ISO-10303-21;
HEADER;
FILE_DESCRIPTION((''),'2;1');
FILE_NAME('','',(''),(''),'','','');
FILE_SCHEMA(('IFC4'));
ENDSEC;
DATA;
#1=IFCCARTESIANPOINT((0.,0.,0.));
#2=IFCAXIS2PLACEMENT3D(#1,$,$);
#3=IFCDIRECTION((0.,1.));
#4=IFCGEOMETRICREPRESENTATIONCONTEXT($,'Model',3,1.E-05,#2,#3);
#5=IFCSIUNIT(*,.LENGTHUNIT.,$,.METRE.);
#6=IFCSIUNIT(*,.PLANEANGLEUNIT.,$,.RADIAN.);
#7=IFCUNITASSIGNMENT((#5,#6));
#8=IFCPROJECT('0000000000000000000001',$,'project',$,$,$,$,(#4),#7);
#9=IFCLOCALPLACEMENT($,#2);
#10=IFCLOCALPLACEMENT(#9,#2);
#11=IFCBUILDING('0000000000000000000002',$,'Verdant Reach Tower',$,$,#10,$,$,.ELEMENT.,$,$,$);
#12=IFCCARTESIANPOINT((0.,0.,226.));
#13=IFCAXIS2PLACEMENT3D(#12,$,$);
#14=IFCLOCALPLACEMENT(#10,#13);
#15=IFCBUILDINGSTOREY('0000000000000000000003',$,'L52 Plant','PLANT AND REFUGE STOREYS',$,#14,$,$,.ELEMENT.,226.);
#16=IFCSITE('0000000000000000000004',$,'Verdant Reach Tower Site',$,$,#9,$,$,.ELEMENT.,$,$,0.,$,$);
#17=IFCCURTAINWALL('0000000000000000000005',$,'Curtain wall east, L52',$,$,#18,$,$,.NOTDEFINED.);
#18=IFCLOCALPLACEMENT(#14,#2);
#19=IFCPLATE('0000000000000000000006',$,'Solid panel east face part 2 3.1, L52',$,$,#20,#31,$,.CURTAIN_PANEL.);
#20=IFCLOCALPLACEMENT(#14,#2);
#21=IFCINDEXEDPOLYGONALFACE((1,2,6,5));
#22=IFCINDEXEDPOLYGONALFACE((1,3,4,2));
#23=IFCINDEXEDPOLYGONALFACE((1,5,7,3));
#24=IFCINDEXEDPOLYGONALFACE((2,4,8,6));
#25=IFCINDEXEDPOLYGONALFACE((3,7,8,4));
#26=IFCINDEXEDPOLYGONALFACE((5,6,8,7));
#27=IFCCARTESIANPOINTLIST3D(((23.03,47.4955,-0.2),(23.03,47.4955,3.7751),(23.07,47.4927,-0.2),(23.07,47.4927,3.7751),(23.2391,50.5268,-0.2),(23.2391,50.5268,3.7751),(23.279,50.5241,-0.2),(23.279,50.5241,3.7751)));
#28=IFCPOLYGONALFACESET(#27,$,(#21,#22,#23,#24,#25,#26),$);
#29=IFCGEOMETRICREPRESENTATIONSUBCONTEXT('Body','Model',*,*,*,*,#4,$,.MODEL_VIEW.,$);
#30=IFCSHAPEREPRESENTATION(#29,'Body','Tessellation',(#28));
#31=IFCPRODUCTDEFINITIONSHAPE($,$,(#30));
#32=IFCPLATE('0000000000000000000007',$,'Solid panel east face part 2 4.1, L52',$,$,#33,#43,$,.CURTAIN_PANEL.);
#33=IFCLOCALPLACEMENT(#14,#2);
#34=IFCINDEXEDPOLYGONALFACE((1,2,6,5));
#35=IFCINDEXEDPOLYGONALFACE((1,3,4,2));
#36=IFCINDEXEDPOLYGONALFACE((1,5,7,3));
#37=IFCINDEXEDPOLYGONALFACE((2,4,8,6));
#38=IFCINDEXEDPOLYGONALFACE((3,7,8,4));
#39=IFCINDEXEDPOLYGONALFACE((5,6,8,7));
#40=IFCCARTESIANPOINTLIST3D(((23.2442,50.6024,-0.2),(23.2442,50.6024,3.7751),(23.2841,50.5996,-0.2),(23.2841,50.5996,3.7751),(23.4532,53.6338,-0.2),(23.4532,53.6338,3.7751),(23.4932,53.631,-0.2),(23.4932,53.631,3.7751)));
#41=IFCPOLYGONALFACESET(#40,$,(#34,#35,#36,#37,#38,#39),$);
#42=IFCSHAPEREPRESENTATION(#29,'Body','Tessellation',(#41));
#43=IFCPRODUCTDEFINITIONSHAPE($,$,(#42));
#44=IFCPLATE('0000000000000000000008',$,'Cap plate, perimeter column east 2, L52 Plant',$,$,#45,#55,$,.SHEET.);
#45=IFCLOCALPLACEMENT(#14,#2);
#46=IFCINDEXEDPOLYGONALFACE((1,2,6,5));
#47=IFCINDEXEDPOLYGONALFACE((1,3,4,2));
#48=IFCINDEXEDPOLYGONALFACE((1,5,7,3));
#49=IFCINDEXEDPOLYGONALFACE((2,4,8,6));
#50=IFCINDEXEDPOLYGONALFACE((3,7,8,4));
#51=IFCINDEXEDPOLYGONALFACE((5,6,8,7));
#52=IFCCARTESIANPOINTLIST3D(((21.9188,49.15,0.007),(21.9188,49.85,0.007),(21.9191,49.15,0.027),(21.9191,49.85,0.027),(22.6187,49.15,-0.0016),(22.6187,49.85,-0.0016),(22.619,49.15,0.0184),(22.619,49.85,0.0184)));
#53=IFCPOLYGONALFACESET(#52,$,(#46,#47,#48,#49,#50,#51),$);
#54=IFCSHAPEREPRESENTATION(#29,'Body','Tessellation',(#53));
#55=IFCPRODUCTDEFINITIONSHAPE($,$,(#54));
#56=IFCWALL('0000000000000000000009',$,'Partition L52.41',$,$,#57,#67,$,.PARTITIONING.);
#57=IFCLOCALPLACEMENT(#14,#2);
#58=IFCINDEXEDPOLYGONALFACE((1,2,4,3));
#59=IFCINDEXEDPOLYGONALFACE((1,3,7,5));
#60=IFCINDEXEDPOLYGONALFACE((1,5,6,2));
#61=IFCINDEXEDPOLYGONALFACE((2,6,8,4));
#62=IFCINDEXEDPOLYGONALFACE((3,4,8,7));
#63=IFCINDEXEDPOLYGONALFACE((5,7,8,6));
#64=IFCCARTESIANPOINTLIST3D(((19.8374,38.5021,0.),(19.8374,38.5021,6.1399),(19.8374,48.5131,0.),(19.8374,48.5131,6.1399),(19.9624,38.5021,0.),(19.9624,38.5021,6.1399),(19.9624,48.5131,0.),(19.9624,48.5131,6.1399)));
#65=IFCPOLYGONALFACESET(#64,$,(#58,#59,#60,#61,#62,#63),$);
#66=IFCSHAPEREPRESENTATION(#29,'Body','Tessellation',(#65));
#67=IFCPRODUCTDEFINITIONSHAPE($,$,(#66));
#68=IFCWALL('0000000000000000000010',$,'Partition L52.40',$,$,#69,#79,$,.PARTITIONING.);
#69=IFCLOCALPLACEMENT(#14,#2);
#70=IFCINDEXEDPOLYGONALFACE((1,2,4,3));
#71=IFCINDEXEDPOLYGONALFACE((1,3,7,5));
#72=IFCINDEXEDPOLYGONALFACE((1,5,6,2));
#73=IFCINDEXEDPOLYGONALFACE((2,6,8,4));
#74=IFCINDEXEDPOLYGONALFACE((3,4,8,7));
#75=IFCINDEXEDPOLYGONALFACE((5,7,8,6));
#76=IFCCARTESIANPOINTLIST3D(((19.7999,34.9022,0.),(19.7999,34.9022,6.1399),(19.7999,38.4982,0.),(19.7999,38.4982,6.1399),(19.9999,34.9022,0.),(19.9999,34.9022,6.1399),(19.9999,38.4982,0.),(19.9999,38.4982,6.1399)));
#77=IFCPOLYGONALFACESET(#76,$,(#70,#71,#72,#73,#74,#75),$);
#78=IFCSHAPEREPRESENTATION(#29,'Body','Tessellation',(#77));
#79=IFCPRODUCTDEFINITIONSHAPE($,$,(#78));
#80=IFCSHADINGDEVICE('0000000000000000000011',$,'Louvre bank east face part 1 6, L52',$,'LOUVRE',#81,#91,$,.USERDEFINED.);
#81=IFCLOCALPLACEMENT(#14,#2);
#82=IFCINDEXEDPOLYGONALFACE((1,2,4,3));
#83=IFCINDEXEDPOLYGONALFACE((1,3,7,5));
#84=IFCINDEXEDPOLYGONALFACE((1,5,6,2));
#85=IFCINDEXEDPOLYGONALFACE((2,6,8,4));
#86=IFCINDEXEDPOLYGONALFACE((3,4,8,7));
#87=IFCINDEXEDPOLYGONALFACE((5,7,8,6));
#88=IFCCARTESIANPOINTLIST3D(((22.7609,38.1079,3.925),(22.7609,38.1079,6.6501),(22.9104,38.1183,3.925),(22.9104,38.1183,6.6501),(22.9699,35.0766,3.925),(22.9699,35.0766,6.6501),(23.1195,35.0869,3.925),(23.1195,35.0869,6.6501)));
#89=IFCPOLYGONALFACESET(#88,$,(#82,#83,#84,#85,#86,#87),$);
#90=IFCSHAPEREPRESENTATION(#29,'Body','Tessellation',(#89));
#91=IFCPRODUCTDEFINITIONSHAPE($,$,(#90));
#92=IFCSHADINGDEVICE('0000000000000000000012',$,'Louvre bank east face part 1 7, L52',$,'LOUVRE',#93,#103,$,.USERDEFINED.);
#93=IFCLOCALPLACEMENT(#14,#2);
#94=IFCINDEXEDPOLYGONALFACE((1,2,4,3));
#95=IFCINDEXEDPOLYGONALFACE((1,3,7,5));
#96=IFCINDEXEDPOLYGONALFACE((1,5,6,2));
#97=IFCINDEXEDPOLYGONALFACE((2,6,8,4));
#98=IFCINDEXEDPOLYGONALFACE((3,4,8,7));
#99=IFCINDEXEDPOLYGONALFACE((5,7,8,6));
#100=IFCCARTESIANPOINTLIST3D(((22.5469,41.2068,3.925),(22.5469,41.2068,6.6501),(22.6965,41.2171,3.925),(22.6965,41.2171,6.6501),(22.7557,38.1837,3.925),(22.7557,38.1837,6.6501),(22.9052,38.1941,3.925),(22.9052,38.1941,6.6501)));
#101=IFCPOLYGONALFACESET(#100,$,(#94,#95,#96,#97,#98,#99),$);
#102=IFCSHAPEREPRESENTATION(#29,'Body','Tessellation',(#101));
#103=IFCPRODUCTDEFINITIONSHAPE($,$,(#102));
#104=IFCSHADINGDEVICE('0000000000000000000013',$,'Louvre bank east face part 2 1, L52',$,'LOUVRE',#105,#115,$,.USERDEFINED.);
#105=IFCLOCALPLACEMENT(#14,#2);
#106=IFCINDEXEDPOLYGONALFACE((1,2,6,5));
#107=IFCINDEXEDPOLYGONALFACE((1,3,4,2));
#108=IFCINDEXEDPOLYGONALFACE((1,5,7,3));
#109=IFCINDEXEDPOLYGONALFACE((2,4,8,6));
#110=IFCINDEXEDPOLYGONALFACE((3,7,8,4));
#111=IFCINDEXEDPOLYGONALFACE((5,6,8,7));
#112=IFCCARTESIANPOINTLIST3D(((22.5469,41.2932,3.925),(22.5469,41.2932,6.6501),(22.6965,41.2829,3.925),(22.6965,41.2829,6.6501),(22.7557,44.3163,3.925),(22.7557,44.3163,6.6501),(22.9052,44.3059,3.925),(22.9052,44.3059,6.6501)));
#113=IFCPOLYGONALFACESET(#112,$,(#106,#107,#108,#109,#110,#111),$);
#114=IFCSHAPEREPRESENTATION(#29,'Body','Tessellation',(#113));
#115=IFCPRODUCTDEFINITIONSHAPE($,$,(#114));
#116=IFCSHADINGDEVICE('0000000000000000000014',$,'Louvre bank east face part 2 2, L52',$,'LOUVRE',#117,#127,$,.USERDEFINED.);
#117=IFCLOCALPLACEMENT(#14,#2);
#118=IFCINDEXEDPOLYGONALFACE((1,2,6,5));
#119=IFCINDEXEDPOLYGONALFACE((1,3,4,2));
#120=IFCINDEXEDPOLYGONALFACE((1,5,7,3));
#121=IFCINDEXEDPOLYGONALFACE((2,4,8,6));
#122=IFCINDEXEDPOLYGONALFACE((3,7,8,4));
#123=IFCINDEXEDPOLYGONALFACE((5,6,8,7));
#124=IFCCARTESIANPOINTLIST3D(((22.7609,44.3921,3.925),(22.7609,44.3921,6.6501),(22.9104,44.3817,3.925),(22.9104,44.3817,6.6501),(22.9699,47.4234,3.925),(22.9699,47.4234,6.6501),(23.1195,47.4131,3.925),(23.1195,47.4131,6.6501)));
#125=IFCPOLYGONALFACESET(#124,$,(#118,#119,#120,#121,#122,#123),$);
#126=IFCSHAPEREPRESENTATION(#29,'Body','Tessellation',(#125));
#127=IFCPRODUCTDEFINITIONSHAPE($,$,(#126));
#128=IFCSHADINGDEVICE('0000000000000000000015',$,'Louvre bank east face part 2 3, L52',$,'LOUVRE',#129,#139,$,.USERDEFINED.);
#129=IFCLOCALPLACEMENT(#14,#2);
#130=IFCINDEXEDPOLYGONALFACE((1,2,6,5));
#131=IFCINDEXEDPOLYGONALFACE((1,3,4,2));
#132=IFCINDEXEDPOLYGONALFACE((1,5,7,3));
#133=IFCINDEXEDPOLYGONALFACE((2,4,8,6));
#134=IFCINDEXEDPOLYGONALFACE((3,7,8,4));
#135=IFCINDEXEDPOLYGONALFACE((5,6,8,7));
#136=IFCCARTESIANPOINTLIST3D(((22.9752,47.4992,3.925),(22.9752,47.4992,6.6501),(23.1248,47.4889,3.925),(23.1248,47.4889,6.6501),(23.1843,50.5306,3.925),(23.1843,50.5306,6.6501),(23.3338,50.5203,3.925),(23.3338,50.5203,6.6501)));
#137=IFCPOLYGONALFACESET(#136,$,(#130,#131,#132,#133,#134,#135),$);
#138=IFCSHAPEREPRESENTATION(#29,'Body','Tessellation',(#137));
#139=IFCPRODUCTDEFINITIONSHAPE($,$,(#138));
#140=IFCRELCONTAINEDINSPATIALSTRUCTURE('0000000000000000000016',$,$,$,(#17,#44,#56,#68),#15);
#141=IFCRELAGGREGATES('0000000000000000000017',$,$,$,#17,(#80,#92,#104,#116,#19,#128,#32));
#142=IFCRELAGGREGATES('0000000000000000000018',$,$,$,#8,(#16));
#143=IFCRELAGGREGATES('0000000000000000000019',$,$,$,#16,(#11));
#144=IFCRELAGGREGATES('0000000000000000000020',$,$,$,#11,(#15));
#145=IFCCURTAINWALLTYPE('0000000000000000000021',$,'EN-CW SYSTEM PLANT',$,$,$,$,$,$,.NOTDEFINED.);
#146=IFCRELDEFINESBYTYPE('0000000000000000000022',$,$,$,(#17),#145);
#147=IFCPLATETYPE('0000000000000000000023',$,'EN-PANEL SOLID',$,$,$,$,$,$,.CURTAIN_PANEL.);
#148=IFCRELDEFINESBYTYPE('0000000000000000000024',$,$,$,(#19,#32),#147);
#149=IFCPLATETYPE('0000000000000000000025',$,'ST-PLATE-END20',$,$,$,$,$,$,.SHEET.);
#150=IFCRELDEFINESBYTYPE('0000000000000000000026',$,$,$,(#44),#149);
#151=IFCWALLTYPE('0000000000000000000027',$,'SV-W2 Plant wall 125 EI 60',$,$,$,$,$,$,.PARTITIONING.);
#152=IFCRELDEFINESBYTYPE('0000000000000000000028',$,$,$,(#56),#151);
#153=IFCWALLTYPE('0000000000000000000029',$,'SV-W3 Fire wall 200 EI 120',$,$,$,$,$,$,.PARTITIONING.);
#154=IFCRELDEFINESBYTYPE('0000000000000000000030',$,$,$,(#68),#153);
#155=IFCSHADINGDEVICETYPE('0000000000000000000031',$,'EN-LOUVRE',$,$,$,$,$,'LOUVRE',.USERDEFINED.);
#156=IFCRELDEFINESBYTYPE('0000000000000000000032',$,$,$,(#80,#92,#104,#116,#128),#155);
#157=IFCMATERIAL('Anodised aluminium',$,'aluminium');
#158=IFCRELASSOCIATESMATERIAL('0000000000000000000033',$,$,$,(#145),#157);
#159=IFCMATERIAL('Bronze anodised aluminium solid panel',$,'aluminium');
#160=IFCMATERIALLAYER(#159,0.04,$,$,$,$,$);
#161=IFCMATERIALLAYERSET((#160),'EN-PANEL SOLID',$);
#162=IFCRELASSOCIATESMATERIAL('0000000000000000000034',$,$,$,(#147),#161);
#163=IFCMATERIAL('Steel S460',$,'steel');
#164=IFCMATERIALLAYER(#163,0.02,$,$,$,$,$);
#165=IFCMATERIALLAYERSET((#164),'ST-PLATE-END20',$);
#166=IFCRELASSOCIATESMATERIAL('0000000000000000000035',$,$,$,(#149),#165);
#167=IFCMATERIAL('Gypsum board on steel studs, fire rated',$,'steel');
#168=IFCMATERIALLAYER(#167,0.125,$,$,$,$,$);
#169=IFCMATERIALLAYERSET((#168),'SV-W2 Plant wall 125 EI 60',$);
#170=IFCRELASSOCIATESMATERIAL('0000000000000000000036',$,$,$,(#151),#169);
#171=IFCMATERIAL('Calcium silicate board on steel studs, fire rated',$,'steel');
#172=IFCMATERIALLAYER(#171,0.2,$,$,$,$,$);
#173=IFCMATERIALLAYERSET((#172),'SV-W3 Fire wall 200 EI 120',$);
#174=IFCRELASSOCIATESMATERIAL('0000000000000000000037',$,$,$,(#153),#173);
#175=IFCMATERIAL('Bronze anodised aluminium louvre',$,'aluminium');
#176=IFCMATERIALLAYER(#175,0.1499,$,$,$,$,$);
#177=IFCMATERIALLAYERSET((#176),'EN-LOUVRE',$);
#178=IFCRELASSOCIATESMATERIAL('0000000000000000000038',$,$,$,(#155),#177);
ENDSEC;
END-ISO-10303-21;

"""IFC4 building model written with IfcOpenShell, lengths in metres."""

from ifc_helpers import new_model, si_unit, direction, frame, frame_2d, origin, origin_2d, place, context, subcontext, project, spatial, rectangle, extrude, material, layer, layer_set, type_object, element, aggregate, save


model = new_model("IFC4")

# Units and contexts
model_context = context("Model", 3, precision=1e-05, world=origin(), true_north=direction((0.0, 1.0)))
body_context = subcontext(model_context, "Body", "Model", "MODEL_VIEW")
ifc_project = project(units=[si_unit("LENGTHUNIT", "METRE"), si_unit("PLANEANGLEUNIT", "RADIAN")], contexts=[model_context])

# Site, building, storey
site_placement = place(None, origin())
site = spatial("IfcSite", under=ifc_project, at=site_placement, Name="Verdant Reach Tower Site", CompositionType="ELEMENT", RefElevation=0.0)
building_placement = place(site_placement, origin())
building = spatial("IfcBuilding", under=site, at=building_placement, Name="Verdant Reach Tower", CompositionType="ELEMENT")
storey_placement = place(building_placement, frame((0.0, 0.0, 226.0)))
storey = spatial("IfcBuildingStorey", under=building, at=storey_placement, Name="L52 Plant", Description="PLANT AND REFUGE STOREYS", CompositionType="ELEMENT", Elevation=226.0)

# Shared definitions
ifc_material_1 = material(Name="Steel S460", Category="steel")

# Curtain wall
ifc_material_2 = material(Name="Anodised aluminium", Category="aluminium")
curtain_wall_type = type_object("IfcCurtainWallType", Name="EN-CW SYSTEM PLANT", PredefinedType="NOTDEFINED", material=ifc_material_2)
curtain_wall_placement = place(storey_placement, origin())
curtain_wall = element("IfcCurtainWall", 1, at=curtain_wall_placement, inside=storey, type_object=curtain_wall_type, Name="Curtain wall east, L52", PredefinedType="NOTDEFINED")

# Plates
ifc_material_3 = material(Name="Bronze anodised aluminium solid panel", Category="aluminium")
ifc_layer_1 = layer(ifc_material_3, 0.04)
ifc_layer_set_1 = layer_set([ifc_layer_1], Name="EN-PANEL SOLID")
plate_type_1 = type_object("IfcPlateType", Name="EN-PANEL SOLID", PredefinedType="CURTAIN_PANEL", material=ifc_layer_set_1)
plate_1_placement = place(storey_placement, frame((23.1545, 49.0098, -0.2), z_axis=(0.0, 0.0, 1.0), x_axis=(0.068802, 0.99763, 0.0)))
plate_1 = element("IfcPlate", 2, at=plate_1_placement, type_object=plate_type_1, Name="Solid panel east face part 2 3.1, L52", PredefinedType="CURTAIN_PANEL", context=body_context, shape_type="SweptSolid", body=[
    extrude(rectangle(XDim=3.0386, YDim=0.04, at=origin_2d()), origin(), (0.0, 0.0, 1.0), 3.9751),
])
plate_2_placement = place(storey_placement, frame((23.3687, 52.1167, -0.2), z_axis=(0.0, 0.0, 1.0), x_axis=(0.068802, 0.99763, 0.0)))
plate_2 = element("IfcPlate", 3, at=plate_2_placement, type_object=plate_type_1, Name="Solid panel east face part 2 4.1, L52", PredefinedType="CURTAIN_PANEL", context=body_context, shape_type="SweptSolid", body=[
    extrude(rectangle(XDim=3.0386, YDim=0.04, at=origin_2d()), origin(), (0.0, 0.0, 1.0), 3.9751),
])
ifc_layer_2 = layer(ifc_material_1, 0.02)
ifc_layer_set_2 = layer_set([ifc_layer_2], Name="ST-PLATE-END20")
plate_type_2 = type_object("IfcPlateType", Name="ST-PLATE-END20", PredefinedType="SHEET", material=ifc_layer_set_2)
plate_3_placement = place(storey_placement, frame((22.2688, 49.5, 0.0027), z_axis=(0.012194, 0.0, 0.999926), x_axis=(0.0, 1.0, 0.0)))
element("IfcPlate", 4, at=plate_3_placement, inside=storey, type_object=plate_type_2, Name="Cap plate, perimeter column east 2, L52 Plant", PredefinedType="SHEET", context=body_context, shape_type="SweptSolid", body=[
    extrude(rectangle(XDim=0.7, YDim=0.7, at=origin_2d()), origin(), (0.0, 0.0, 1.0), 0.02),
])

# Walls
ifc_material_4 = material(Name="Gypsum board on steel studs, fire rated", Category="steel")
ifc_layer_3 = layer(ifc_material_4, 0.125)
ifc_layer_set_3 = layer_set([ifc_layer_3], Name="SV-W2 Plant wall 125 EI 60")
wall_type_1 = type_object("IfcWallType", Name="SV-W2 Plant wall 125 EI 60", PredefinedType="PARTITIONING", material=ifc_layer_set_3)
wall_1_placement = place(storey_placement, frame((19.8999, 48.5129, 0.0), z_axis=(0.0, 0.0, 1.0), x_axis=(0.0, -1.0, 0.0)))
element("IfcWall", 5, at=wall_1_placement, inside=storey, type_object=wall_type_1, Name="Partition L52.41", PredefinedType="PARTITIONING", context=body_context, shape_type="SweptSolid", body=[
    extrude(rectangle(XDim=10.011, YDim=0.125, at=frame_2d((5.0054, 0.0))), origin(), (0.0, 0.0, 1.0), 6.1399),
])
ifc_material_5 = material(Name="Calcium silicate board on steel studs, fire rated", Category="steel")
ifc_layer_4 = layer(ifc_material_5, 0.2)
ifc_layer_set_4 = layer_set([ifc_layer_4], Name="SV-W3 Fire wall 200 EI 120")
wall_type_2 = type_object("IfcWallType", Name="SV-W3 Fire wall 200 EI 120", PredefinedType="PARTITIONING", material=ifc_layer_set_4)
wall_2_placement = place(storey_placement, frame((19.8999, 38.498, 0.0), z_axis=(0.0, 0.0, 1.0), x_axis=(0.0, -1.0, 0.0)))
element("IfcWall", 6, at=wall_2_placement, inside=storey, type_object=wall_type_2, Name="Partition L52.40", PredefinedType="PARTITIONING", context=body_context, shape_type="SweptSolid", body=[
    extrude(rectangle(XDim=3.5959, YDim=0.2, at=frame_2d((1.7979, 0.0))), origin(), (0.0, 0.0, 1.0), 6.1399),
])

# Shading devices
ifc_material_6 = material(Name="Bronze anodised aluminium louvre", Category="aluminium")
ifc_layer_5 = layer(ifc_material_6, 0.1499)
ifc_layer_set_5 = layer_set([ifc_layer_5], Name="EN-LOUVRE")
shading_device_type = type_object("IfcShadingDeviceType", Name="EN-LOUVRE", ElementType="LOUVRE", PredefinedType="USERDEFINED", material=ifc_layer_set_5)
shading_device_1_placement = place(storey_placement, frame((22.9402, 36.5974, 3.925), z_axis=(0.0, 0.0, 1.0), x_axis=(-0.068802, 0.99763, 0.0)))
shading_device_1 = element("IfcShadingDevice", 7, at=shading_device_1_placement, type_object=shading_device_type, Name="Louvre bank east face part 1 6, L52", ObjectType="LOUVRE", PredefinedType="USERDEFINED", context=body_context, shape_type="SweptSolid", body=[
    extrude(rectangle(XDim=3.0386, YDim=0.1499, at=origin_2d()), origin(), (0.0, 0.0, 1.0), 2.7251),
])
shading_device_2_placement = place(storey_placement, frame((22.7261, 39.7004, 3.925), z_axis=(0.0, 0.0, 1.0), x_axis=(-0.068893, 0.997624, 0.0)))
shading_device_2 = element("IfcShadingDevice", 8, at=shading_device_2_placement, type_object=shading_device_type, Name="Louvre bank east face part 1 7, L52", ObjectType="LOUVRE", PredefinedType="USERDEFINED", context=body_context, shape_type="SweptSolid", body=[
    extrude(rectangle(XDim=3.0303, YDim=0.1499, at=origin_2d()), origin(), (0.0, 0.0, 1.0), 2.7251),
])
shading_device_3_placement = place(storey_placement, frame((22.7261, 42.7996, 3.925), z_axis=(0.0, 0.0, 1.0), x_axis=(0.068893, 0.997624, 0.0)))
shading_device_3 = element("IfcShadingDevice", 9, at=shading_device_3_placement, type_object=shading_device_type, Name="Louvre bank east face part 2 1, L52", ObjectType="LOUVRE", PredefinedType="USERDEFINED", context=body_context, shape_type="SweptSolid", body=[
    extrude(rectangle(XDim=3.0303, YDim=0.1499, at=origin_2d()), origin(), (0.0, 0.0, 1.0), 2.7251),
])
shading_device_4_placement = place(storey_placement, frame((22.9402, 45.9026, 3.925), z_axis=(0.0, 0.0, 1.0), x_axis=(0.068802, 0.99763, 0.0)))
shading_device_4 = element("IfcShadingDevice", 10, at=shading_device_4_placement, type_object=shading_device_type, Name="Louvre bank east face part 2 2, L52", ObjectType="LOUVRE", PredefinedType="USERDEFINED", context=body_context, shape_type="SweptSolid", body=[
    extrude(rectangle(XDim=3.0386, YDim=0.1499, at=origin_2d()), origin(), (0.0, 0.0, 1.0), 2.7251),
])
shading_device_5_placement = place(storey_placement, frame((23.1545, 49.0098, 3.925), z_axis=(0.0, 0.0, 1.0), x_axis=(0.068802, 0.99763, 0.0)))
shading_device_5 = element("IfcShadingDevice", 11, at=shading_device_5_placement, type_object=shading_device_type, Name="Louvre bank east face part 2 3, L52", ObjectType="LOUVRE", PredefinedType="USERDEFINED", context=body_context, shape_type="SweptSolid", body=[
    extrude(rectangle(XDim=3.0386, YDim=0.1499, at=origin_2d()), origin(), (0.0, 0.0, 1.0), 2.7251),
])
aggregate(curtain_wall, [shading_device_1, shading_device_2, shading_device_3, shading_device_4, plate_1, shading_device_5, plate_2])

save(model, "model.ifc")
